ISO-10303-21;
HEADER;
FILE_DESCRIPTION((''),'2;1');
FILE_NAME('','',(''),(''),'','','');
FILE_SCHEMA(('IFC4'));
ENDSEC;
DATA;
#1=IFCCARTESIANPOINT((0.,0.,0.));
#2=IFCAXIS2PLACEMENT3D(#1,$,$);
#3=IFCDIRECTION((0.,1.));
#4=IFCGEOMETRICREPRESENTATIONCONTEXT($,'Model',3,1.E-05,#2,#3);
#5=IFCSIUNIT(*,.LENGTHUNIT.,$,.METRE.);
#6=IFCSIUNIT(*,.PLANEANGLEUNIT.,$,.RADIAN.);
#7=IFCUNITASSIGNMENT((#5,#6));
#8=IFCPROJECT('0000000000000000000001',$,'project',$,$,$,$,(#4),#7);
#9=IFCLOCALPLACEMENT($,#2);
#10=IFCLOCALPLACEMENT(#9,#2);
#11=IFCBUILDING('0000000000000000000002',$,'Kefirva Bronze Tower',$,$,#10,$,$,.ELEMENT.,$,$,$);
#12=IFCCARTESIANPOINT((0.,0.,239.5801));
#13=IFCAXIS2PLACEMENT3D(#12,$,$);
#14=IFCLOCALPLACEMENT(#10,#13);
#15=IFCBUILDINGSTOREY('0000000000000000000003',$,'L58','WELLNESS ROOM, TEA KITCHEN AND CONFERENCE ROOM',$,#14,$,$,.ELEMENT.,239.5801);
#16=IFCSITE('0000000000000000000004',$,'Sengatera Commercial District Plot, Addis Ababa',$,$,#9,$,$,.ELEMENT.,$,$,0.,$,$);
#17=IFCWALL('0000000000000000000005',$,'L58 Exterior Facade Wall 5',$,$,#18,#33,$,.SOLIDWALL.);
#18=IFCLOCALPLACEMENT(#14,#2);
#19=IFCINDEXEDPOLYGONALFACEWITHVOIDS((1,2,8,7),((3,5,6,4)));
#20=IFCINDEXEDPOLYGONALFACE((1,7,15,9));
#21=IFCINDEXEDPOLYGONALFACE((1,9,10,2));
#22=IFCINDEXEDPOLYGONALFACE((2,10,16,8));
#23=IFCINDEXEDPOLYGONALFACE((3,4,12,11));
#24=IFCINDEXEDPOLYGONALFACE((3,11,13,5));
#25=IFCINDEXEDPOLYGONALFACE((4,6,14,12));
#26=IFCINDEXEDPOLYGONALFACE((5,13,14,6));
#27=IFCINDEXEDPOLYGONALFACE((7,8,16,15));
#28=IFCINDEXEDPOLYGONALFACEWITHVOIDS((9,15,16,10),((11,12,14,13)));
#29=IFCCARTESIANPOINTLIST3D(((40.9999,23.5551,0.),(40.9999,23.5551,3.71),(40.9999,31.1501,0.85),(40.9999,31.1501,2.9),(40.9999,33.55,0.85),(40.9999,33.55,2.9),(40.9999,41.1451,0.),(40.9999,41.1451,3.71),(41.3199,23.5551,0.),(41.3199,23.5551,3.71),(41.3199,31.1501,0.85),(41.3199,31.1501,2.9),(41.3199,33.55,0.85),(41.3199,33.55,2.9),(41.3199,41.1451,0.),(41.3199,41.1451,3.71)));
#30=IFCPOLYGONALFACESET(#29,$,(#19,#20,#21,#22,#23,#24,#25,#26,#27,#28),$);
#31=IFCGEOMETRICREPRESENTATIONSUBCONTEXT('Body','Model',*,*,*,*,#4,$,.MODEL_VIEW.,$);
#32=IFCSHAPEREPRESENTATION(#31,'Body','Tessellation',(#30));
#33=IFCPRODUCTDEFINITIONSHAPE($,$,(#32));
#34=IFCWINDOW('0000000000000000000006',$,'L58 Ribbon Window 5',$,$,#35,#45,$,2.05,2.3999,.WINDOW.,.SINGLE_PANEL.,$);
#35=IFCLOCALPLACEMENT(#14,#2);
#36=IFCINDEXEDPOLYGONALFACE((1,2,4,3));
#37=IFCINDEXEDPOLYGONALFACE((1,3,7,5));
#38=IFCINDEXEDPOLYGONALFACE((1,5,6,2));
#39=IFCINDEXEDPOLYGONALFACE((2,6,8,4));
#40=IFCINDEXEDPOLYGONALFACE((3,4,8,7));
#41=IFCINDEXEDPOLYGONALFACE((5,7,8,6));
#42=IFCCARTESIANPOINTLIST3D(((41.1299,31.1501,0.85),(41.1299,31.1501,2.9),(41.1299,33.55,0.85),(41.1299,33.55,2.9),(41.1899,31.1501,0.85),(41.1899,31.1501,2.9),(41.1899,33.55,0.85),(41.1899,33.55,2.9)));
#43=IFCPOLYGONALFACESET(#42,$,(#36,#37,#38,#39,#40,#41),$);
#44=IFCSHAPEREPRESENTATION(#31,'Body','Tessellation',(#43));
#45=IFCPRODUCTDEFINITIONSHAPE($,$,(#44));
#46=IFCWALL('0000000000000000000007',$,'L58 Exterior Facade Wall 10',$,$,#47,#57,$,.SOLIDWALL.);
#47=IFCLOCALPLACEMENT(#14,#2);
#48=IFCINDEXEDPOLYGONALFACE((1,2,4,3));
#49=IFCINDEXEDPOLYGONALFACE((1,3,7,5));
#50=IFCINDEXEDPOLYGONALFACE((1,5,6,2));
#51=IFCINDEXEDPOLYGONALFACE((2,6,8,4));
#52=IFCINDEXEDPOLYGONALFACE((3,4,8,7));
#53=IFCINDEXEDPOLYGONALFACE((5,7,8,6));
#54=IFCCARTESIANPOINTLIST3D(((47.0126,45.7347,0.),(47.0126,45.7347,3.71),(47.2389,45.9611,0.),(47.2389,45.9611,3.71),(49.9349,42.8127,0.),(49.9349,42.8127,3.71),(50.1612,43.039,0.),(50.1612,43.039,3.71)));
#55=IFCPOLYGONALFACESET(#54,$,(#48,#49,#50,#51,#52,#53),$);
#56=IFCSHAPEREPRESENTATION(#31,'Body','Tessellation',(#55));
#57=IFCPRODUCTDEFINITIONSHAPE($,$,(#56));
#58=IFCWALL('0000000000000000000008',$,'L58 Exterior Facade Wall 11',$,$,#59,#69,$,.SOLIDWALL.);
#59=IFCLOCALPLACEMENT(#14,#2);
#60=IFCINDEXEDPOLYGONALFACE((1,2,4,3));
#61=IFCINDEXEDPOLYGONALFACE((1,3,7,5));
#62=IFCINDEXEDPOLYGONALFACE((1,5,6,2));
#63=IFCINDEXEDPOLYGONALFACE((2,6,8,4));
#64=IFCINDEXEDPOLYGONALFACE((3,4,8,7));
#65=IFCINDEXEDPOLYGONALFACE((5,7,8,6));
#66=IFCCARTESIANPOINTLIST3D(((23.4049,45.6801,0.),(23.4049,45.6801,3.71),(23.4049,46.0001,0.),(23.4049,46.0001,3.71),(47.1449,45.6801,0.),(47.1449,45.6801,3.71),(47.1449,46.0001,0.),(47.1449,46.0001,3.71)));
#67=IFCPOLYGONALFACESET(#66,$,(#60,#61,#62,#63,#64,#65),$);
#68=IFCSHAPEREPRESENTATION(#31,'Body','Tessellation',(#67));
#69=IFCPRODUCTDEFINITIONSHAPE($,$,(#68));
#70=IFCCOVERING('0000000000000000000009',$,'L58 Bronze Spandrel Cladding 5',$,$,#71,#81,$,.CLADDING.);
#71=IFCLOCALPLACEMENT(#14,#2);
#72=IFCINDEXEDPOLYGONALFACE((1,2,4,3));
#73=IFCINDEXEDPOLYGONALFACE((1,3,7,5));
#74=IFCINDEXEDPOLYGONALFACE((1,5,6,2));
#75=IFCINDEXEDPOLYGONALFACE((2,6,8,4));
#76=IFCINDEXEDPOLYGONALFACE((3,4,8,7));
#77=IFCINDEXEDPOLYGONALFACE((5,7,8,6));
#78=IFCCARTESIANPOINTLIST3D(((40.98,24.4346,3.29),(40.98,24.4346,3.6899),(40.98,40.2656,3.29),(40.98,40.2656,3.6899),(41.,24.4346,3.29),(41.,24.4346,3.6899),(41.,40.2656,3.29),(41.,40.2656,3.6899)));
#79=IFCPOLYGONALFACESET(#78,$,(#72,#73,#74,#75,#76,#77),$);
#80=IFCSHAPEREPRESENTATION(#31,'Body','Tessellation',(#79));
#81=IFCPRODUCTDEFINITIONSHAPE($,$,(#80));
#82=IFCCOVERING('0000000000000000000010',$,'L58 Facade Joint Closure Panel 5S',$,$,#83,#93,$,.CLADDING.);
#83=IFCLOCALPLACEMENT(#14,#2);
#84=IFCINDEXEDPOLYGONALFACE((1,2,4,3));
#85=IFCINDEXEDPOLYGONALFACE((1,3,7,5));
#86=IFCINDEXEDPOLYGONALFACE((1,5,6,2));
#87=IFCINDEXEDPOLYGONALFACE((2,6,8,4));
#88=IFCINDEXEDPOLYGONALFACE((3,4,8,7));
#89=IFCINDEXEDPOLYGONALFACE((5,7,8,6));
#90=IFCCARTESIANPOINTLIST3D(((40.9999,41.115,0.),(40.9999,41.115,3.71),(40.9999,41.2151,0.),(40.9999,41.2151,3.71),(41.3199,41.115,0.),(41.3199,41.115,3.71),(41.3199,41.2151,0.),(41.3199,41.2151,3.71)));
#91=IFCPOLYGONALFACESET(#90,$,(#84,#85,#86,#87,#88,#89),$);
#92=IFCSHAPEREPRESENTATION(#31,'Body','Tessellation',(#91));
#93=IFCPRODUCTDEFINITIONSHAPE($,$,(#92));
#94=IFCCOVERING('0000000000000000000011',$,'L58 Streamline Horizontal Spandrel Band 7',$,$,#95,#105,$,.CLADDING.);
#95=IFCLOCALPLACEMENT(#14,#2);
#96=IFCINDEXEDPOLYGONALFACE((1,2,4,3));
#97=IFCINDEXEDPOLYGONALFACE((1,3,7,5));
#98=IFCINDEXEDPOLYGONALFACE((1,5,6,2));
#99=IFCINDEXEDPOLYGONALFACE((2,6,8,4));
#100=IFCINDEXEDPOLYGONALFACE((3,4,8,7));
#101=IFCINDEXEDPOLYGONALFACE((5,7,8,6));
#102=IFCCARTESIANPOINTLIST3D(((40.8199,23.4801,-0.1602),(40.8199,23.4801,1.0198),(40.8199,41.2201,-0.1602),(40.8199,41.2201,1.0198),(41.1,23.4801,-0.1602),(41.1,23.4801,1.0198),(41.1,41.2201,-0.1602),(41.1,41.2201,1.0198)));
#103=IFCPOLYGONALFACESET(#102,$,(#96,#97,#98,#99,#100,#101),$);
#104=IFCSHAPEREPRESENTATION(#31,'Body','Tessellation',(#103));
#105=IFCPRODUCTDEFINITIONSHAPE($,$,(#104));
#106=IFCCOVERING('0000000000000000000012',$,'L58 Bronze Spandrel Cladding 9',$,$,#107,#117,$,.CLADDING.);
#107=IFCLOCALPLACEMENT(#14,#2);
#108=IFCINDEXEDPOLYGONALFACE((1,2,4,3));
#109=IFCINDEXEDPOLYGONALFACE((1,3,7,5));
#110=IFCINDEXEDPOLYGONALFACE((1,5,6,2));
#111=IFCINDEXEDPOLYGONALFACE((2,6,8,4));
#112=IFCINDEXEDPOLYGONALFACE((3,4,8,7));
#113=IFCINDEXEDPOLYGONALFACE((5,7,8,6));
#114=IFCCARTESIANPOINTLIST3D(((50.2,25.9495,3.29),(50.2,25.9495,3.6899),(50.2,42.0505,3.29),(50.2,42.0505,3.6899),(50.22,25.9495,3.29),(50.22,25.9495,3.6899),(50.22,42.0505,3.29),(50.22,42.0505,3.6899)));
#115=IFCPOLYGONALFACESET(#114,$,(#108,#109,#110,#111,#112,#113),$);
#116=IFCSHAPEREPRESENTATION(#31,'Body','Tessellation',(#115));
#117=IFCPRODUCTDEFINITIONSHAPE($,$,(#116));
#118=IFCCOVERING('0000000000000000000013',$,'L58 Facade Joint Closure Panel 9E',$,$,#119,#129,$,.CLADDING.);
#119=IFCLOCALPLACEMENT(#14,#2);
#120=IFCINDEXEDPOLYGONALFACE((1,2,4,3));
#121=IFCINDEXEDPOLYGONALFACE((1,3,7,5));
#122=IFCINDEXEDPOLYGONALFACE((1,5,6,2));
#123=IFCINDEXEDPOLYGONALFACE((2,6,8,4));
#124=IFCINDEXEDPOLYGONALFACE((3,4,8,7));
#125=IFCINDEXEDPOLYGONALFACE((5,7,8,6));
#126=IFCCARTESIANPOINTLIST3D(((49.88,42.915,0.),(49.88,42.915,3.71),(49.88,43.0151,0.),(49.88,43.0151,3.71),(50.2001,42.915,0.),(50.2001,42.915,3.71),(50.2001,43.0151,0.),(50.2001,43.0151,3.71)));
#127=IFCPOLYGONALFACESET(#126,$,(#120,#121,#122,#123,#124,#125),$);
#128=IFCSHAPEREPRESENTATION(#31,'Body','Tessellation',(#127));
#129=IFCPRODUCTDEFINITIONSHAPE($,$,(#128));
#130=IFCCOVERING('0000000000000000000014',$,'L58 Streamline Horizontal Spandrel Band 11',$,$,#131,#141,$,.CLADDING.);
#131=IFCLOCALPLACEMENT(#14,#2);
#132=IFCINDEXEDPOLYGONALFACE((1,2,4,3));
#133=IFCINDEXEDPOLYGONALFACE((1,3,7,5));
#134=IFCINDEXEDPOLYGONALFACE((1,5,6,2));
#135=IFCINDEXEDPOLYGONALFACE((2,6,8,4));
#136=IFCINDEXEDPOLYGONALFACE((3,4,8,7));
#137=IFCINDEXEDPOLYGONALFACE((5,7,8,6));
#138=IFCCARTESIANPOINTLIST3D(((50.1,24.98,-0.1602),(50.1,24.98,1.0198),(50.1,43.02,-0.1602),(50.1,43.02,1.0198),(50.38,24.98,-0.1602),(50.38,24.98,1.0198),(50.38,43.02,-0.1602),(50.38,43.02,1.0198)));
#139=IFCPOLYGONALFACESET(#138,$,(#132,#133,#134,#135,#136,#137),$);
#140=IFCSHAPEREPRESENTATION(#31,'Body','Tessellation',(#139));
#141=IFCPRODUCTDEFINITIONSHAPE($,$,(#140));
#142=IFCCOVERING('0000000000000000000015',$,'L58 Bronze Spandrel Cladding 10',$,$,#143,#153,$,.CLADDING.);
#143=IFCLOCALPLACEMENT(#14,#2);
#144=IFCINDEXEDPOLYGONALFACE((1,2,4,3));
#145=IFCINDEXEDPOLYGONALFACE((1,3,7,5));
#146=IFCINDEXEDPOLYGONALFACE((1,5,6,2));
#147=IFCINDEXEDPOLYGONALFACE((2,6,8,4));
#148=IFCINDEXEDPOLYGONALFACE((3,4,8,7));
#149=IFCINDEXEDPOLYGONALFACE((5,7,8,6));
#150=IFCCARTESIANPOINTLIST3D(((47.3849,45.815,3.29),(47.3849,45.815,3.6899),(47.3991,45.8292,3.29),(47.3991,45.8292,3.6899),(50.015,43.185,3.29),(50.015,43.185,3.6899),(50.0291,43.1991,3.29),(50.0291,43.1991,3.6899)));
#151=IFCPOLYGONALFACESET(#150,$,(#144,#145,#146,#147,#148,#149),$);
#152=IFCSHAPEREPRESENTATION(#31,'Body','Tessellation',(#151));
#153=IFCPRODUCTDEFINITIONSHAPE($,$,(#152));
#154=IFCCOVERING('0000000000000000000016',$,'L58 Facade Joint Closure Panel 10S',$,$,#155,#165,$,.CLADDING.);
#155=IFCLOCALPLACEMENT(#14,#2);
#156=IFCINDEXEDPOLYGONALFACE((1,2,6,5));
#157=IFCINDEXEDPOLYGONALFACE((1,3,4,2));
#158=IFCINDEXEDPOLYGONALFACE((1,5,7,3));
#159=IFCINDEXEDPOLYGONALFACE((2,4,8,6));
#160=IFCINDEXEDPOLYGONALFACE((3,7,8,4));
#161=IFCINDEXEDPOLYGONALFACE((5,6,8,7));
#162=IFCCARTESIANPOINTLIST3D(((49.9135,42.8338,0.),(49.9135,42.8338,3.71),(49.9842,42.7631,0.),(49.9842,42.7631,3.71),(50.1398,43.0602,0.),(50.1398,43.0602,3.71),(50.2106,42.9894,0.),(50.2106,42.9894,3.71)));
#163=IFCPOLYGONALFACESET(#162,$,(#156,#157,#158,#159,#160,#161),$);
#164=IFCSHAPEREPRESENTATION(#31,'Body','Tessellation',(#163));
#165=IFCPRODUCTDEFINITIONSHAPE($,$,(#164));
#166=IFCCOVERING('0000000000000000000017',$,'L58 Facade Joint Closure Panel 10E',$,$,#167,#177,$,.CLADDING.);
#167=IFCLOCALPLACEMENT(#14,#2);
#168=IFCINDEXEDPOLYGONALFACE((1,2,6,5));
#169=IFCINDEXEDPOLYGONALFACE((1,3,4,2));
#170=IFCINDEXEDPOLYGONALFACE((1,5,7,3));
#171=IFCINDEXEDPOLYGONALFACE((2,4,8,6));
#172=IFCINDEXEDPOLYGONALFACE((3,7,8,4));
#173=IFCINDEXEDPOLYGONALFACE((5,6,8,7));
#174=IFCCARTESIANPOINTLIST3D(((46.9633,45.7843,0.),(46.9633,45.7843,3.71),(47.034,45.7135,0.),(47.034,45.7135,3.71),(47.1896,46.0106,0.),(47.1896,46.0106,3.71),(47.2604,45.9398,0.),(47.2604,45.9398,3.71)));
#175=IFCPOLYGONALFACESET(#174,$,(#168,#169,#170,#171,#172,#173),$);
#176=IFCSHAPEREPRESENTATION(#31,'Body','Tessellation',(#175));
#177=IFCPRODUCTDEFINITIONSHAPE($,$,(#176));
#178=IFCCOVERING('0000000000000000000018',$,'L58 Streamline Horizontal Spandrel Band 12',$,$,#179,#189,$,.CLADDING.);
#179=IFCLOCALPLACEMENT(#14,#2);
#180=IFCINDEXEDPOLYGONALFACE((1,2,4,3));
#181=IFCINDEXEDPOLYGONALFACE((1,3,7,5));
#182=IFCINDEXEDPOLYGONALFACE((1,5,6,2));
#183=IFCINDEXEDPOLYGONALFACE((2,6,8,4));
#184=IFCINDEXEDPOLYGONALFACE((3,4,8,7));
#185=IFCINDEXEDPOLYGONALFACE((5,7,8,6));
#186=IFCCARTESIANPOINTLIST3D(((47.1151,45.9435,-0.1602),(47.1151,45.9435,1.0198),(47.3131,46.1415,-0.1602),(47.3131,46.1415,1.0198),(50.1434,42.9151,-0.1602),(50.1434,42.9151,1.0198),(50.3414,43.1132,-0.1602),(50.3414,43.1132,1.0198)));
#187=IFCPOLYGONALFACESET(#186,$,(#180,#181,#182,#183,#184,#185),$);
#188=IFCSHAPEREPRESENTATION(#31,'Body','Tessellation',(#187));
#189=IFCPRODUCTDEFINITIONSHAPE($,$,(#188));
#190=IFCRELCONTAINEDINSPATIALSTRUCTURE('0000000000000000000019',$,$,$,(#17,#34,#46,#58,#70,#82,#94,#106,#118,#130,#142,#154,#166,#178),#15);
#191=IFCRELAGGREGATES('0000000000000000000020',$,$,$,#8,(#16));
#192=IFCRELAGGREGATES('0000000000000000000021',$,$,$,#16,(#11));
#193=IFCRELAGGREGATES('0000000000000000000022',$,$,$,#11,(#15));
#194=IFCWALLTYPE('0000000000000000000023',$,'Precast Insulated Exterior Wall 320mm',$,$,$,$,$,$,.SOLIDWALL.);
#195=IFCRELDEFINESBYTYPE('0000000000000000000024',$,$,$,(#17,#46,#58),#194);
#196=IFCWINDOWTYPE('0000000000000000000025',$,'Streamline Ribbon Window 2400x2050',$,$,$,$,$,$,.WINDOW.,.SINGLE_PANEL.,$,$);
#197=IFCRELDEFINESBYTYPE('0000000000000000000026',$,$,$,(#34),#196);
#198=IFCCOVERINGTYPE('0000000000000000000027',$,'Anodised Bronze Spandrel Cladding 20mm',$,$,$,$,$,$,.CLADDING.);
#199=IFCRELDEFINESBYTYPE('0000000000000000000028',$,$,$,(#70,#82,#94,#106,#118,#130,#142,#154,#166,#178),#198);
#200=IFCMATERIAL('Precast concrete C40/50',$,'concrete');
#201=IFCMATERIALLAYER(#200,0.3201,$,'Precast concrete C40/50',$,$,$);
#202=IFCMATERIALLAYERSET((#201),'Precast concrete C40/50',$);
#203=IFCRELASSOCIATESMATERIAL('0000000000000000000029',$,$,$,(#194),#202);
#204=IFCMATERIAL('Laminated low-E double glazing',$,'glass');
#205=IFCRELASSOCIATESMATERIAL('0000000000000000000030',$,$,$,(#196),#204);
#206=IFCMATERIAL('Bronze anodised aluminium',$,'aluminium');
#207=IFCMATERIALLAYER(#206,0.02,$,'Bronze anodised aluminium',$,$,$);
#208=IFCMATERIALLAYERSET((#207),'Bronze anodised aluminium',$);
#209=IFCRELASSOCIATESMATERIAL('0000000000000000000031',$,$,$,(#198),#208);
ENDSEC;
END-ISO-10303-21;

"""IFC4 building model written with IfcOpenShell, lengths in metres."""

from ifc_helpers import new_model, si_unit, direction, frame, frame_2d, origin, origin_2d, place, context, subcontext, project, spatial, rectangle, extrude, material, layer, layer_set, type_object, element, fill, save


model = new_model("IFC4")

# Units and contexts
model_context = context("Model", 3, precision=1e-05, world=origin(), true_north=direction((0.0, 1.0)))
body_context = subcontext(model_context, "Body", "Model", "MODEL_VIEW")
ifc_project = project(units=[si_unit("LENGTHUNIT", "METRE"), si_unit("PLANEANGLEUNIT", "RADIAN")], contexts=[model_context])

# Site, building, storey
site_placement = place(None, origin())
site = spatial("IfcSite", under=ifc_project, at=site_placement, Name="Sengatera Commercial District Plot, Addis Ababa", CompositionType="ELEMENT", RefElevation=0.0)
building_placement = place(site_placement, origin())
building = spatial("IfcBuilding", under=site, at=building_placement, Name="Kefirva Bronze Tower", CompositionType="ELEMENT")
storey_placement = place(building_placement, frame((0.0, 0.0, 239.5801)))
storey = spatial("IfcBuildingStorey", under=building, at=storey_placement, Name="L58", Description="WELLNESS ROOM, TEA KITCHEN AND CONFERENCE ROOM", CompositionType="ELEMENT", Elevation=239.5801)

# Shared definitions
ifc_material_1 = material(Name="Bronze anodised aluminium", Category="aluminium")

# Shared definitions
ifc_material_2 = material(Name="Laminated low-E double glazing", Category="glass")

# Wall, opening, window
ifc_material_3 = material(Name="Precast concrete C40/50", Category="concrete")
ifc_layer_1 = layer(ifc_material_3, 0.3201, Name="Precast concrete C40/50")
ifc_layer_set_1 = layer_set([ifc_layer_1], Name="Precast concrete C40/50")
wall_type_1 = type_object("IfcWallType", Name="Precast Insulated Exterior Wall 320mm", PredefinedType="SOLIDWALL", material=ifc_layer_set_1)
wall_1_placement = place(storey_placement, frame((41.1599, 41.145, 0.0), z_axis=(0.0, 0.0, 1.0), x_axis=(0.0, -1.0, 0.0)))
wall_1 = element("IfcWall", 1, at=wall_1_placement, inside=storey, type_object=wall_type_1, Name="L58 Exterior Facade Wall 5", PredefinedType="SOLIDWALL", context=body_context, shape_type="SweptSolid", body=[
    extrude(rectangle(XDim=17.5901, YDim=0.3201, at=frame_2d((8.7949, 0.0))), origin(), (0.0, 0.0, 1.0), 3.71),
])
opening_placement = place(wall_1_placement, frame((7.595, 0.0, 0.8501)))
opening = element("IfcOpeningElement", 2, at=opening_placement, cuts=wall_1, PredefinedType="OPENING", context=body_context, shape_type="SweptSolid", body=[
    extrude(rectangle(XDim=2.3999, YDim=2.05, at=frame_2d((1.2, 1.0249))), frame((0.0, 0.1699, 0.0), z_axis=(0.0, -1.0, 0.0), x_axis=(1.0, 0.0, 0.0)), (0.0, 0.0, 1.0), 0.3401),
])
window_type = type_object("IfcWindowType", Name="Streamline Ribbon Window 2400x2050", PartitioningType="SINGLE_PANEL", PredefinedType="WINDOW", material=ifc_material_2)
window_placement = place(opening_placement, origin())
window = element("IfcWindow", 3, at=window_placement, inside=storey, type_object=window_type, Name="L58 Ribbon Window 5", OverallHeight=2.05, OverallWidth=2.3999, PartitioningType="SINGLE_PANEL", PredefinedType="WINDOW", context=body_context, shape_type="SweptSolid", body=[
    extrude(rectangle(XDim=2.3999, YDim=2.05, at=frame_2d((1.2, 1.0249))), frame((0.0, 0.03, 0.0), z_axis=(0.0, -1.0, 0.0), x_axis=(1.0, 0.0, 0.0)), (0.0, 0.0, 1.0), 0.0601),
])
fill(opening, window)

# Walls
wall_2_placement = place(storey_placement, frame((50.0481, 42.9258, 0.0), z_axis=(0.0, 0.0, 1.0), x_axis=(-0.707136, 0.707077, 0.0)))
element("IfcWall", 4, at=wall_2_placement, inside=storey, type_object=wall_type_1, Name="L58 Exterior Facade Wall 10", PredefinedType="SOLIDWALL", context=body_context, shape_type="SweptSolid", body=[
    extrude(rectangle(XDim=4.1326, YDim=0.3201, at=frame_2d((2.0664, 0.0))), origin(), (0.0, 0.0, 1.0), 3.71),
])
wall_3_placement = place(storey_placement, frame((47.145, 45.8401, 0.0), z_axis=(0.0, 0.0, 1.0), x_axis=(-1.0, 0.0, 0.0)))
element("IfcWall", 5, at=wall_3_placement, inside=storey, type_object=wall_type_1, Name="L58 Exterior Facade Wall 11", PredefinedType="SOLIDWALL", context=body_context, shape_type="SweptSolid", body=[
    extrude(rectangle(XDim=23.74, YDim=0.3201, at=frame_2d((11.8701, 0.0))), origin(), (0.0, 0.0, 1.0), 3.71),
])

# Coverings
ifc_layer_2 = layer(ifc_material_1, 0.02, Name="Bronze anodised aluminium")
ifc_layer_set_2 = layer_set([ifc_layer_2], Name="Bronze anodised aluminium")
covering_type_1 = type_object("IfcCoveringType", Name="Anodised Bronze Spandrel Cladding 20mm", PredefinedType="CLADDING", material=ifc_layer_set_2)
covering_1_placement = place(storey_placement, frame((40.99, 32.3501, 3.29), z_axis=(0.0, 0.0, 1.0), x_axis=(0.0, -1.0, 0.0)))
element("IfcCovering", 6, at=covering_1_placement, inside=storey, type_object=covering_type_1, Name="L58 Bronze Spandrel Cladding 5", PredefinedType="CLADDING", context=body_context, shape_type="SweptSolid", body=[
    extrude(rectangle(XDim=15.8311, YDim=0.02, at=origin_2d()), origin(), (0.0, 0.0, 1.0), 0.3999),
])
covering_2_placement = place(storey_placement, frame((41.1599, 41.165, 0.0), z_axis=(0.0, 0.0, 1.0), x_axis=(0.0, -1.0, 0.0)))
element("IfcCovering", 7, at=covering_2_placement, inside=storey, type_object=covering_type_1, Name="L58 Facade Joint Closure Panel 5S", PredefinedType="CLADDING", context=body_context, shape_type="SweptSolid", body=[
    extrude(rectangle(XDim=0.1001, YDim=0.3201, at=origin_2d()), origin(), (0.0, 0.0, 1.0), 3.71),
])
covering_3_placement = place(storey_placement, frame((40.96, 32.3501, -0.1602), z_axis=(0.0, 0.0, 1.0), x_axis=(0.0, -1.0, 0.0)))
element("IfcCovering", 8, at=covering_3_placement, inside=storey, type_object=covering_type_1, Name="L58 Streamline Horizontal Spandrel Band 7", PredefinedType="CLADDING", context=body_context, shape_type="SweptSolid", body=[
    extrude(rectangle(XDim=17.74, YDim=0.28, at=origin_2d()), origin(), (0.0, 0.0, 1.0), 1.1799),
])
covering_4_placement = place(storey_placement, frame((50.21, 34.0, 3.29), z_axis=(0.0, 0.0, 1.0), x_axis=(0.0, 1.0, 0.0)))
element("IfcCovering", 9, at=covering_4_placement, inside=storey, type_object=covering_type_1, Name="L58 Bronze Spandrel Cladding 9", PredefinedType="CLADDING", context=body_context, shape_type="SweptSolid", body=[
    extrude(rectangle(XDim=16.1011, YDim=0.02, at=origin_2d()), origin(), (0.0, 0.0, 1.0), 0.3999),
])
covering_5_placement = place(storey_placement, frame((50.04, 42.9651, 0.0), z_axis=(0.0, 0.0, 1.0), x_axis=(0.0, 1.0, 0.0)))
element("IfcCovering", 10, at=covering_5_placement, inside=storey, type_object=covering_type_1, Name="L58 Facade Joint Closure Panel 9E", PredefinedType="CLADDING", context=body_context, shape_type="SweptSolid", body=[
    extrude(rectangle(XDim=0.1001, YDim=0.3201, at=origin_2d()), origin(), (0.0, 0.0, 1.0), 3.71),
])
covering_6_placement = place(storey_placement, frame((50.24, 34.0, -0.1602), z_axis=(0.0, 0.0, 1.0), x_axis=(0.0, 1.0, 0.0)))
element("IfcCovering", 11, at=covering_6_placement, inside=storey, type_object=covering_type_1, Name="L58 Streamline Horizontal Spandrel Band 11", PredefinedType="CLADDING", context=body_context, shape_type="SweptSolid", body=[
    extrude(rectangle(XDim=18.04, YDim=0.28, at=origin_2d()), origin(), (0.0, 0.0, 1.0), 1.1799),
])
covering_7_placement = place(storey_placement, frame((48.707, 44.5071, 3.29), z_axis=(0.0, 0.0, 1.0), x_axis=(-0.707107, 0.707107, 0.0)))
element("IfcCovering", 12, at=covering_7_placement, inside=storey, type_object=covering_type_1, Name="L58 Bronze Spandrel Cladding 10", PredefinedType="CLADDING", context=body_context, shape_type="SweptSolid", body=[
    extrude(rectangle(XDim=3.7195, YDim=0.02, at=origin_2d()), origin(), (0.0, 0.0, 1.0), 0.3999),
])
for number, where, z_axis, x_axis, name in (
    (13, (50.062, 42.9116, 0.0), (0.0, 0.0, 1.0), (-0.707107, 0.707107, 0.0), "L58 Facade Joint Closure Panel 10S"),
    (14, (47.1118, 45.8621, 0.0), (0.0, 0.0, 1.0), (-0.707107, 0.707107, 0.0), "L58 Facade Joint Closure Panel 10E"),
):
    element("IfcCovering", number, at=place(storey_placement, frame(where, z_axis=z_axis, x_axis=x_axis)), inside=storey, type_object=covering_type_1, Name=name, PredefinedType="CLADDING", context=body_context, shape_type="SweptSolid", body=[
        extrude(rectangle(XDim=0.1001, YDim=0.3201, at=origin_2d()), origin(), (0.0, 0.0, 1.0), 3.71),
    ])
covering_8_placement = place(storey_placement, frame((48.7283, 44.5283, -0.1602), z_axis=(0.0, 0.0, 1.0), x_axis=(-0.707107, 0.707107, 0.0)))
element("IfcCovering", 15, at=covering_8_placement, inside=storey, type_object=covering_type_1, Name="L58 Streamline Horizontal Spandrel Band 12", PredefinedType="CLADDING", context=body_context, shape_type="SweptSolid", body=[
    extrude(rectangle(XDim=4.2827, YDim=0.28, at=origin_2d()), origin(), (0.0, 0.0, 1.0), 1.1799),
])

save(model, "model.ifc")
